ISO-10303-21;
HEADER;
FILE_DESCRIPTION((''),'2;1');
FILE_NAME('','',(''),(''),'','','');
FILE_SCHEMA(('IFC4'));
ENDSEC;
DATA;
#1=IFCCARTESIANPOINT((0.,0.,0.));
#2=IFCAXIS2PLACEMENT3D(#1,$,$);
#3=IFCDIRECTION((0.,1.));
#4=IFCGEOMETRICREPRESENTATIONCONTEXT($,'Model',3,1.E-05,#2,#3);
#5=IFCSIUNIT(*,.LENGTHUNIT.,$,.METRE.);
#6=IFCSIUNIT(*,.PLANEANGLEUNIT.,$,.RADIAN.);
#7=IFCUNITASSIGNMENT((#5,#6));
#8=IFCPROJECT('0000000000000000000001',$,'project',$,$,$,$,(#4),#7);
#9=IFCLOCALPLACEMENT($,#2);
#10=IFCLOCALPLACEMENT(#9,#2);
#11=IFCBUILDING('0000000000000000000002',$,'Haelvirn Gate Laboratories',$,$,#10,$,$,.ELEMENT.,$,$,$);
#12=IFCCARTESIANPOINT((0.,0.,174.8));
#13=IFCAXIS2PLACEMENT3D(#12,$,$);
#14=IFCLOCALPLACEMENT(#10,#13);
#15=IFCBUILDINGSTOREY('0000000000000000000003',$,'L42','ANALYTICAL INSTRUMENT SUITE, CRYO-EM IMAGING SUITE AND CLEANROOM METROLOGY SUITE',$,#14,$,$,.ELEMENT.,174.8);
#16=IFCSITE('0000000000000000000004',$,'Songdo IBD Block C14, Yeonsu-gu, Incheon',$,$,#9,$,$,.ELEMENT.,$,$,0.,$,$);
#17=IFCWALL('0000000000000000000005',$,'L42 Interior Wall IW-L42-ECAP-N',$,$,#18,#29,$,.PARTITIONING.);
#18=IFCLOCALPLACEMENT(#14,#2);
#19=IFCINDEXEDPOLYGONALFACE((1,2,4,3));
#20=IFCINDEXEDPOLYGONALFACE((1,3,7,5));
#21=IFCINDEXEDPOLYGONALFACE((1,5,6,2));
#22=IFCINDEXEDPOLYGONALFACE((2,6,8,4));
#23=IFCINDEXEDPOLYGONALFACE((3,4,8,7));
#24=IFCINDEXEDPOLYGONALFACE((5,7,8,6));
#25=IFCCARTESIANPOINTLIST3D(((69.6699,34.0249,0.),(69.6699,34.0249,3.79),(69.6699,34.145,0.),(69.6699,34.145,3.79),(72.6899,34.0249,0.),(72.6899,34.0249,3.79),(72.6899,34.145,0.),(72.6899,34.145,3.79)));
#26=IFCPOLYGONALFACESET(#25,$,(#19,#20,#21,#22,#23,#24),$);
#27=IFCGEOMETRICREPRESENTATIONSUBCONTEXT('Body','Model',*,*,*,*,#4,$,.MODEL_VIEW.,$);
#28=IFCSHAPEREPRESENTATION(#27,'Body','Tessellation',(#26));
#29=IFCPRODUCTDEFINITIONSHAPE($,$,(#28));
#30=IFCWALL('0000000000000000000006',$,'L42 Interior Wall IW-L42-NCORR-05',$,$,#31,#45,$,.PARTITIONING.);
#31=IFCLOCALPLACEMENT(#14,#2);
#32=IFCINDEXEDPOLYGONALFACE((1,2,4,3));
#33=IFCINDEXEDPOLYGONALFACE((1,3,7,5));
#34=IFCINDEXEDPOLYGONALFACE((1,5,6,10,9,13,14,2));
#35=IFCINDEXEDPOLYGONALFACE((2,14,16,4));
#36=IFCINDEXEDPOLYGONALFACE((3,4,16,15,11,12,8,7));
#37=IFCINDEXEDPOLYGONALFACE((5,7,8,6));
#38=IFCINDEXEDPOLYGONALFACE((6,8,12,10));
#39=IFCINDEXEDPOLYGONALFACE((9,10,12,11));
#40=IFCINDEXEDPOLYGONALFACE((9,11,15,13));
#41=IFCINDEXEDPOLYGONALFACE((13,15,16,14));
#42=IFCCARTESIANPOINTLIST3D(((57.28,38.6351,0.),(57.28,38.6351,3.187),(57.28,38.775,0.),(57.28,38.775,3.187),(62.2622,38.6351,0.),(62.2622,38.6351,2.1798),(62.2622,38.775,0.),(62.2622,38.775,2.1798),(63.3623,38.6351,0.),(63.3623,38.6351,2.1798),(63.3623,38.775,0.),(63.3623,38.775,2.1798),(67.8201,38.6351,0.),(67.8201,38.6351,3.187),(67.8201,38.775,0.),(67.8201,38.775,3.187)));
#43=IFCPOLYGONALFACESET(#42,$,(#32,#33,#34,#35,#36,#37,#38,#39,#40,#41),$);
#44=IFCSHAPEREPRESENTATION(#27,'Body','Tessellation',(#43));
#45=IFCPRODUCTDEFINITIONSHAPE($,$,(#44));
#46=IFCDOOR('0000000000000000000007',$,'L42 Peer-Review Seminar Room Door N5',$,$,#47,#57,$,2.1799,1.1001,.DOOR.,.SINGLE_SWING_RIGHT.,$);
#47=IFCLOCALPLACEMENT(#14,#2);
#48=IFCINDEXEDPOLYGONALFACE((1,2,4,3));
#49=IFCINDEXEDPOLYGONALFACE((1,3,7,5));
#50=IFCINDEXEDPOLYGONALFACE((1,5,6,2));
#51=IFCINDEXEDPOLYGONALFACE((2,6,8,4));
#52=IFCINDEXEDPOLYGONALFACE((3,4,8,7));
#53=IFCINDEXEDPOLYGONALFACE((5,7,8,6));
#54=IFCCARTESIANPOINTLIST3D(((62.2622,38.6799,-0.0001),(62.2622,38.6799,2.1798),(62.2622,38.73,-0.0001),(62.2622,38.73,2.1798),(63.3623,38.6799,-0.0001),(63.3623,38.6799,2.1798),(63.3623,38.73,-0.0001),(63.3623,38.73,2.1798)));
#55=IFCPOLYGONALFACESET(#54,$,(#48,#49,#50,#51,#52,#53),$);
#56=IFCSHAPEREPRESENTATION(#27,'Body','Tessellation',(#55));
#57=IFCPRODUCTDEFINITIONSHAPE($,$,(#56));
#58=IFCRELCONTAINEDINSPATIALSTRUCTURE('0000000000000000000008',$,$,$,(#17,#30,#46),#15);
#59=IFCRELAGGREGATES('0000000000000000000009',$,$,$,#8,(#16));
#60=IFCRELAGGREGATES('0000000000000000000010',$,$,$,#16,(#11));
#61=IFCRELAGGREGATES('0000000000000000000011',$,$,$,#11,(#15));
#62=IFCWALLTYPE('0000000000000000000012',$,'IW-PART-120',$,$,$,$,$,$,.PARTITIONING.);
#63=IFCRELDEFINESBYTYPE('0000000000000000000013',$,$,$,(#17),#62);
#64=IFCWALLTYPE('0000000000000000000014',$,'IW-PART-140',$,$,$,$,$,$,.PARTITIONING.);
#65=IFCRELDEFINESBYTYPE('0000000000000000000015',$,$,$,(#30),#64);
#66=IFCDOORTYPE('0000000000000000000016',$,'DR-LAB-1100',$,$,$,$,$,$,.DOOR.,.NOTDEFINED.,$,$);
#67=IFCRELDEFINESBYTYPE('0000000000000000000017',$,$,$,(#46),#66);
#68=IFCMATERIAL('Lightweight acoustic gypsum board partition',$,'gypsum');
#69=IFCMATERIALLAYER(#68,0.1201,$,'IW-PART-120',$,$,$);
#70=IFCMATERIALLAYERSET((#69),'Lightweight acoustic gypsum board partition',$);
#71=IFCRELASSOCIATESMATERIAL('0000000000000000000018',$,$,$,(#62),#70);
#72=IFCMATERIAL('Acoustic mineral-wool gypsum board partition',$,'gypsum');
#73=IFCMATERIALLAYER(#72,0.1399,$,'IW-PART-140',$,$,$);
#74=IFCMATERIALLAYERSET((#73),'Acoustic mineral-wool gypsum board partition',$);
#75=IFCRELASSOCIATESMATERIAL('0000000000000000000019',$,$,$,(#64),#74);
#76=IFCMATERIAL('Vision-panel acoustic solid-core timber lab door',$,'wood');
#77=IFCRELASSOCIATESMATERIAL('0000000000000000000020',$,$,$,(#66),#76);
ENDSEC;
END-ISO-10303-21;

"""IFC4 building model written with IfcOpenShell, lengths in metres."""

from ifc_helpers import new_model, si_unit, direction, frame, frame_2d, origin, place, context, subcontext, project, spatial, rectangle, extrude, source, transform, mapped, material, layer, layer_set, type_object, type_shapes, element, fill, save


model = new_model("IFC4")

# Units and contexts
model_context = context("Model", 3, precision=1e-05, world=origin(), true_north=direction((0.0, 1.0)))
body_context = subcontext(model_context, "Body", "Model", "MODEL_VIEW")
ifc_project = project(units=[si_unit("LENGTHUNIT", "METRE"), si_unit("PLANEANGLEUNIT", "RADIAN")], contexts=[model_context])

# Site, building, storey
site_placement = place(None, origin())
site = spatial("IfcSite", under=ifc_project, at=site_placement, Name="Songdo IBD Block C14, Yeonsu-gu, Incheon", CompositionType="ELEMENT", RefElevation=0.0)
building_placement = place(site_placement, origin())
building = spatial("IfcBuilding", under=site, at=building_placement, Name="Haelvirn Gate Laboratories", CompositionType="ELEMENT")
storey_placement = place(building_placement, frame((0.0, 0.0, 174.8)))
storey = spatial("IfcBuildingStorey", under=building, at=storey_placement, Name="L42", Description="ANALYTICAL INSTRUMENT SUITE, CRYO-EM IMAGING SUITE AND CLEANROOM METROLOGY SUITE", CompositionType="ELEMENT", Elevation=174.8)

# Wall
ifc_material_1 = material(Name="Lightweight acoustic gypsum board partition", Category="gypsum")
ifc_layer_1 = layer(ifc_material_1, 0.1201, Name="IW-PART-120")
ifc_layer_set_1 = layer_set([ifc_layer_1], Name="Lightweight acoustic gypsum board partition")
wall_type_1 = type_object("IfcWallType", Name="IW-PART-120", PredefinedType="PARTITIONING", material=ifc_layer_set_1)
wall_1_placement = place(storey_placement, frame((69.6699, 34.085, 0.0), z_axis=(0.0, 0.0, 1.0), x_axis=(1.0, 0.0, 0.0)))
element("IfcWall", 1, at=wall_1_placement, inside=storey, type_object=wall_type_1, Name="L42 Interior Wall IW-L42-ECAP-N", PredefinedType="PARTITIONING", context=body_context, shape_type="SweptSolid", body=[
    extrude(rectangle(XDim=3.02, YDim=0.1201, at=frame_2d((1.51, 0.0))), origin(), (0.0, 0.0, 1.0), 3.79),
])

# Wall, opening, door
ifc_material_2 = material(Name="Acoustic mineral-wool gypsum board partition", Category="gypsum")
ifc_layer_2 = layer(ifc_material_2, 0.1399, Name="IW-PART-140")
ifc_layer_set_2 = layer_set([ifc_layer_2], Name="Acoustic mineral-wool gypsum board partition")
wall_type_2 = type_object("IfcWallType", Name="IW-PART-140", PredefinedType="PARTITIONING", material=ifc_layer_set_2)
wall_2_placement = place(storey_placement, frame((57.28, 38.7051, 0.0), z_axis=(0.0, 0.0, 1.0), x_axis=(1.0, 0.0, 0.0)))
wall_2 = element("IfcWall", 2, at=wall_2_placement, inside=storey, type_object=wall_type_2, Name="L42 Interior Wall IW-L42-NCORR-05", PredefinedType="PARTITIONING", context=body_context, shape_type="SweptSolid", body=[
    extrude(rectangle(XDim=10.54, YDim=0.1399, at=frame_2d((5.27, 0.0))), origin(), (0.0, 0.0, 1.0), 3.187),
])
opening_placement = place(wall_2_placement, frame((4.9822, 0.0, 0.0)))
opening = element("IfcOpeningElement", 3, at=opening_placement, cuts=wall_2, PredefinedType="OPENING", context=body_context, shape_type="SweptSolid", body=[
    extrude(rectangle(XDim=1.1001, YDim=2.1799, at=frame_2d((0.55, 1.0898))), frame((0.0, 0.0801, 0.0), z_axis=(0.0, -1.0, 0.0), x_axis=(1.0, 0.0, 0.0)), (0.0, 0.0, 1.0), 0.1599),
])
ifc_material_3 = material(Name="Vision-panel acoustic solid-core timber lab door", Category="wood")
door_type = type_object("IfcDoorType", Name="DR-LAB-1100", OperationType="NOTDEFINED", PredefinedType="DOOR", material=ifc_material_3)
shared_shape_1 = source(origin(), body_context, "Body", "SweptSolid", [
    extrude(rectangle(XDim=1.1001, YDim=2.1799, at=frame_2d((0.55, 1.0898))), frame((0.0, 0.0249, 0.0), z_axis=(0.0, -1.0, 0.0), x_axis=(1.0, 0.0, 0.0)), (0.0, 0.0, 1.0), 0.05),
])
type_shapes(door_type, [shared_shape_1])
door_placement = place(opening_placement, origin())
door = element("IfcDoor", 4, at=door_placement, inside=storey, type_object=door_type, Name="L42 Peer-Review Seminar Room Door N5", OperationType="SINGLE_SWING_RIGHT", OverallHeight=2.1799, OverallWidth=1.1001, PredefinedType="DOOR", context=body_context, shape_type="MappedRepresentation", body=[
    mapped(shared_shape_1, transform((0.0, 0.0, 0.0), scale=1.0)),
])
fill(opening, door)

save(model, "model.ifc")
